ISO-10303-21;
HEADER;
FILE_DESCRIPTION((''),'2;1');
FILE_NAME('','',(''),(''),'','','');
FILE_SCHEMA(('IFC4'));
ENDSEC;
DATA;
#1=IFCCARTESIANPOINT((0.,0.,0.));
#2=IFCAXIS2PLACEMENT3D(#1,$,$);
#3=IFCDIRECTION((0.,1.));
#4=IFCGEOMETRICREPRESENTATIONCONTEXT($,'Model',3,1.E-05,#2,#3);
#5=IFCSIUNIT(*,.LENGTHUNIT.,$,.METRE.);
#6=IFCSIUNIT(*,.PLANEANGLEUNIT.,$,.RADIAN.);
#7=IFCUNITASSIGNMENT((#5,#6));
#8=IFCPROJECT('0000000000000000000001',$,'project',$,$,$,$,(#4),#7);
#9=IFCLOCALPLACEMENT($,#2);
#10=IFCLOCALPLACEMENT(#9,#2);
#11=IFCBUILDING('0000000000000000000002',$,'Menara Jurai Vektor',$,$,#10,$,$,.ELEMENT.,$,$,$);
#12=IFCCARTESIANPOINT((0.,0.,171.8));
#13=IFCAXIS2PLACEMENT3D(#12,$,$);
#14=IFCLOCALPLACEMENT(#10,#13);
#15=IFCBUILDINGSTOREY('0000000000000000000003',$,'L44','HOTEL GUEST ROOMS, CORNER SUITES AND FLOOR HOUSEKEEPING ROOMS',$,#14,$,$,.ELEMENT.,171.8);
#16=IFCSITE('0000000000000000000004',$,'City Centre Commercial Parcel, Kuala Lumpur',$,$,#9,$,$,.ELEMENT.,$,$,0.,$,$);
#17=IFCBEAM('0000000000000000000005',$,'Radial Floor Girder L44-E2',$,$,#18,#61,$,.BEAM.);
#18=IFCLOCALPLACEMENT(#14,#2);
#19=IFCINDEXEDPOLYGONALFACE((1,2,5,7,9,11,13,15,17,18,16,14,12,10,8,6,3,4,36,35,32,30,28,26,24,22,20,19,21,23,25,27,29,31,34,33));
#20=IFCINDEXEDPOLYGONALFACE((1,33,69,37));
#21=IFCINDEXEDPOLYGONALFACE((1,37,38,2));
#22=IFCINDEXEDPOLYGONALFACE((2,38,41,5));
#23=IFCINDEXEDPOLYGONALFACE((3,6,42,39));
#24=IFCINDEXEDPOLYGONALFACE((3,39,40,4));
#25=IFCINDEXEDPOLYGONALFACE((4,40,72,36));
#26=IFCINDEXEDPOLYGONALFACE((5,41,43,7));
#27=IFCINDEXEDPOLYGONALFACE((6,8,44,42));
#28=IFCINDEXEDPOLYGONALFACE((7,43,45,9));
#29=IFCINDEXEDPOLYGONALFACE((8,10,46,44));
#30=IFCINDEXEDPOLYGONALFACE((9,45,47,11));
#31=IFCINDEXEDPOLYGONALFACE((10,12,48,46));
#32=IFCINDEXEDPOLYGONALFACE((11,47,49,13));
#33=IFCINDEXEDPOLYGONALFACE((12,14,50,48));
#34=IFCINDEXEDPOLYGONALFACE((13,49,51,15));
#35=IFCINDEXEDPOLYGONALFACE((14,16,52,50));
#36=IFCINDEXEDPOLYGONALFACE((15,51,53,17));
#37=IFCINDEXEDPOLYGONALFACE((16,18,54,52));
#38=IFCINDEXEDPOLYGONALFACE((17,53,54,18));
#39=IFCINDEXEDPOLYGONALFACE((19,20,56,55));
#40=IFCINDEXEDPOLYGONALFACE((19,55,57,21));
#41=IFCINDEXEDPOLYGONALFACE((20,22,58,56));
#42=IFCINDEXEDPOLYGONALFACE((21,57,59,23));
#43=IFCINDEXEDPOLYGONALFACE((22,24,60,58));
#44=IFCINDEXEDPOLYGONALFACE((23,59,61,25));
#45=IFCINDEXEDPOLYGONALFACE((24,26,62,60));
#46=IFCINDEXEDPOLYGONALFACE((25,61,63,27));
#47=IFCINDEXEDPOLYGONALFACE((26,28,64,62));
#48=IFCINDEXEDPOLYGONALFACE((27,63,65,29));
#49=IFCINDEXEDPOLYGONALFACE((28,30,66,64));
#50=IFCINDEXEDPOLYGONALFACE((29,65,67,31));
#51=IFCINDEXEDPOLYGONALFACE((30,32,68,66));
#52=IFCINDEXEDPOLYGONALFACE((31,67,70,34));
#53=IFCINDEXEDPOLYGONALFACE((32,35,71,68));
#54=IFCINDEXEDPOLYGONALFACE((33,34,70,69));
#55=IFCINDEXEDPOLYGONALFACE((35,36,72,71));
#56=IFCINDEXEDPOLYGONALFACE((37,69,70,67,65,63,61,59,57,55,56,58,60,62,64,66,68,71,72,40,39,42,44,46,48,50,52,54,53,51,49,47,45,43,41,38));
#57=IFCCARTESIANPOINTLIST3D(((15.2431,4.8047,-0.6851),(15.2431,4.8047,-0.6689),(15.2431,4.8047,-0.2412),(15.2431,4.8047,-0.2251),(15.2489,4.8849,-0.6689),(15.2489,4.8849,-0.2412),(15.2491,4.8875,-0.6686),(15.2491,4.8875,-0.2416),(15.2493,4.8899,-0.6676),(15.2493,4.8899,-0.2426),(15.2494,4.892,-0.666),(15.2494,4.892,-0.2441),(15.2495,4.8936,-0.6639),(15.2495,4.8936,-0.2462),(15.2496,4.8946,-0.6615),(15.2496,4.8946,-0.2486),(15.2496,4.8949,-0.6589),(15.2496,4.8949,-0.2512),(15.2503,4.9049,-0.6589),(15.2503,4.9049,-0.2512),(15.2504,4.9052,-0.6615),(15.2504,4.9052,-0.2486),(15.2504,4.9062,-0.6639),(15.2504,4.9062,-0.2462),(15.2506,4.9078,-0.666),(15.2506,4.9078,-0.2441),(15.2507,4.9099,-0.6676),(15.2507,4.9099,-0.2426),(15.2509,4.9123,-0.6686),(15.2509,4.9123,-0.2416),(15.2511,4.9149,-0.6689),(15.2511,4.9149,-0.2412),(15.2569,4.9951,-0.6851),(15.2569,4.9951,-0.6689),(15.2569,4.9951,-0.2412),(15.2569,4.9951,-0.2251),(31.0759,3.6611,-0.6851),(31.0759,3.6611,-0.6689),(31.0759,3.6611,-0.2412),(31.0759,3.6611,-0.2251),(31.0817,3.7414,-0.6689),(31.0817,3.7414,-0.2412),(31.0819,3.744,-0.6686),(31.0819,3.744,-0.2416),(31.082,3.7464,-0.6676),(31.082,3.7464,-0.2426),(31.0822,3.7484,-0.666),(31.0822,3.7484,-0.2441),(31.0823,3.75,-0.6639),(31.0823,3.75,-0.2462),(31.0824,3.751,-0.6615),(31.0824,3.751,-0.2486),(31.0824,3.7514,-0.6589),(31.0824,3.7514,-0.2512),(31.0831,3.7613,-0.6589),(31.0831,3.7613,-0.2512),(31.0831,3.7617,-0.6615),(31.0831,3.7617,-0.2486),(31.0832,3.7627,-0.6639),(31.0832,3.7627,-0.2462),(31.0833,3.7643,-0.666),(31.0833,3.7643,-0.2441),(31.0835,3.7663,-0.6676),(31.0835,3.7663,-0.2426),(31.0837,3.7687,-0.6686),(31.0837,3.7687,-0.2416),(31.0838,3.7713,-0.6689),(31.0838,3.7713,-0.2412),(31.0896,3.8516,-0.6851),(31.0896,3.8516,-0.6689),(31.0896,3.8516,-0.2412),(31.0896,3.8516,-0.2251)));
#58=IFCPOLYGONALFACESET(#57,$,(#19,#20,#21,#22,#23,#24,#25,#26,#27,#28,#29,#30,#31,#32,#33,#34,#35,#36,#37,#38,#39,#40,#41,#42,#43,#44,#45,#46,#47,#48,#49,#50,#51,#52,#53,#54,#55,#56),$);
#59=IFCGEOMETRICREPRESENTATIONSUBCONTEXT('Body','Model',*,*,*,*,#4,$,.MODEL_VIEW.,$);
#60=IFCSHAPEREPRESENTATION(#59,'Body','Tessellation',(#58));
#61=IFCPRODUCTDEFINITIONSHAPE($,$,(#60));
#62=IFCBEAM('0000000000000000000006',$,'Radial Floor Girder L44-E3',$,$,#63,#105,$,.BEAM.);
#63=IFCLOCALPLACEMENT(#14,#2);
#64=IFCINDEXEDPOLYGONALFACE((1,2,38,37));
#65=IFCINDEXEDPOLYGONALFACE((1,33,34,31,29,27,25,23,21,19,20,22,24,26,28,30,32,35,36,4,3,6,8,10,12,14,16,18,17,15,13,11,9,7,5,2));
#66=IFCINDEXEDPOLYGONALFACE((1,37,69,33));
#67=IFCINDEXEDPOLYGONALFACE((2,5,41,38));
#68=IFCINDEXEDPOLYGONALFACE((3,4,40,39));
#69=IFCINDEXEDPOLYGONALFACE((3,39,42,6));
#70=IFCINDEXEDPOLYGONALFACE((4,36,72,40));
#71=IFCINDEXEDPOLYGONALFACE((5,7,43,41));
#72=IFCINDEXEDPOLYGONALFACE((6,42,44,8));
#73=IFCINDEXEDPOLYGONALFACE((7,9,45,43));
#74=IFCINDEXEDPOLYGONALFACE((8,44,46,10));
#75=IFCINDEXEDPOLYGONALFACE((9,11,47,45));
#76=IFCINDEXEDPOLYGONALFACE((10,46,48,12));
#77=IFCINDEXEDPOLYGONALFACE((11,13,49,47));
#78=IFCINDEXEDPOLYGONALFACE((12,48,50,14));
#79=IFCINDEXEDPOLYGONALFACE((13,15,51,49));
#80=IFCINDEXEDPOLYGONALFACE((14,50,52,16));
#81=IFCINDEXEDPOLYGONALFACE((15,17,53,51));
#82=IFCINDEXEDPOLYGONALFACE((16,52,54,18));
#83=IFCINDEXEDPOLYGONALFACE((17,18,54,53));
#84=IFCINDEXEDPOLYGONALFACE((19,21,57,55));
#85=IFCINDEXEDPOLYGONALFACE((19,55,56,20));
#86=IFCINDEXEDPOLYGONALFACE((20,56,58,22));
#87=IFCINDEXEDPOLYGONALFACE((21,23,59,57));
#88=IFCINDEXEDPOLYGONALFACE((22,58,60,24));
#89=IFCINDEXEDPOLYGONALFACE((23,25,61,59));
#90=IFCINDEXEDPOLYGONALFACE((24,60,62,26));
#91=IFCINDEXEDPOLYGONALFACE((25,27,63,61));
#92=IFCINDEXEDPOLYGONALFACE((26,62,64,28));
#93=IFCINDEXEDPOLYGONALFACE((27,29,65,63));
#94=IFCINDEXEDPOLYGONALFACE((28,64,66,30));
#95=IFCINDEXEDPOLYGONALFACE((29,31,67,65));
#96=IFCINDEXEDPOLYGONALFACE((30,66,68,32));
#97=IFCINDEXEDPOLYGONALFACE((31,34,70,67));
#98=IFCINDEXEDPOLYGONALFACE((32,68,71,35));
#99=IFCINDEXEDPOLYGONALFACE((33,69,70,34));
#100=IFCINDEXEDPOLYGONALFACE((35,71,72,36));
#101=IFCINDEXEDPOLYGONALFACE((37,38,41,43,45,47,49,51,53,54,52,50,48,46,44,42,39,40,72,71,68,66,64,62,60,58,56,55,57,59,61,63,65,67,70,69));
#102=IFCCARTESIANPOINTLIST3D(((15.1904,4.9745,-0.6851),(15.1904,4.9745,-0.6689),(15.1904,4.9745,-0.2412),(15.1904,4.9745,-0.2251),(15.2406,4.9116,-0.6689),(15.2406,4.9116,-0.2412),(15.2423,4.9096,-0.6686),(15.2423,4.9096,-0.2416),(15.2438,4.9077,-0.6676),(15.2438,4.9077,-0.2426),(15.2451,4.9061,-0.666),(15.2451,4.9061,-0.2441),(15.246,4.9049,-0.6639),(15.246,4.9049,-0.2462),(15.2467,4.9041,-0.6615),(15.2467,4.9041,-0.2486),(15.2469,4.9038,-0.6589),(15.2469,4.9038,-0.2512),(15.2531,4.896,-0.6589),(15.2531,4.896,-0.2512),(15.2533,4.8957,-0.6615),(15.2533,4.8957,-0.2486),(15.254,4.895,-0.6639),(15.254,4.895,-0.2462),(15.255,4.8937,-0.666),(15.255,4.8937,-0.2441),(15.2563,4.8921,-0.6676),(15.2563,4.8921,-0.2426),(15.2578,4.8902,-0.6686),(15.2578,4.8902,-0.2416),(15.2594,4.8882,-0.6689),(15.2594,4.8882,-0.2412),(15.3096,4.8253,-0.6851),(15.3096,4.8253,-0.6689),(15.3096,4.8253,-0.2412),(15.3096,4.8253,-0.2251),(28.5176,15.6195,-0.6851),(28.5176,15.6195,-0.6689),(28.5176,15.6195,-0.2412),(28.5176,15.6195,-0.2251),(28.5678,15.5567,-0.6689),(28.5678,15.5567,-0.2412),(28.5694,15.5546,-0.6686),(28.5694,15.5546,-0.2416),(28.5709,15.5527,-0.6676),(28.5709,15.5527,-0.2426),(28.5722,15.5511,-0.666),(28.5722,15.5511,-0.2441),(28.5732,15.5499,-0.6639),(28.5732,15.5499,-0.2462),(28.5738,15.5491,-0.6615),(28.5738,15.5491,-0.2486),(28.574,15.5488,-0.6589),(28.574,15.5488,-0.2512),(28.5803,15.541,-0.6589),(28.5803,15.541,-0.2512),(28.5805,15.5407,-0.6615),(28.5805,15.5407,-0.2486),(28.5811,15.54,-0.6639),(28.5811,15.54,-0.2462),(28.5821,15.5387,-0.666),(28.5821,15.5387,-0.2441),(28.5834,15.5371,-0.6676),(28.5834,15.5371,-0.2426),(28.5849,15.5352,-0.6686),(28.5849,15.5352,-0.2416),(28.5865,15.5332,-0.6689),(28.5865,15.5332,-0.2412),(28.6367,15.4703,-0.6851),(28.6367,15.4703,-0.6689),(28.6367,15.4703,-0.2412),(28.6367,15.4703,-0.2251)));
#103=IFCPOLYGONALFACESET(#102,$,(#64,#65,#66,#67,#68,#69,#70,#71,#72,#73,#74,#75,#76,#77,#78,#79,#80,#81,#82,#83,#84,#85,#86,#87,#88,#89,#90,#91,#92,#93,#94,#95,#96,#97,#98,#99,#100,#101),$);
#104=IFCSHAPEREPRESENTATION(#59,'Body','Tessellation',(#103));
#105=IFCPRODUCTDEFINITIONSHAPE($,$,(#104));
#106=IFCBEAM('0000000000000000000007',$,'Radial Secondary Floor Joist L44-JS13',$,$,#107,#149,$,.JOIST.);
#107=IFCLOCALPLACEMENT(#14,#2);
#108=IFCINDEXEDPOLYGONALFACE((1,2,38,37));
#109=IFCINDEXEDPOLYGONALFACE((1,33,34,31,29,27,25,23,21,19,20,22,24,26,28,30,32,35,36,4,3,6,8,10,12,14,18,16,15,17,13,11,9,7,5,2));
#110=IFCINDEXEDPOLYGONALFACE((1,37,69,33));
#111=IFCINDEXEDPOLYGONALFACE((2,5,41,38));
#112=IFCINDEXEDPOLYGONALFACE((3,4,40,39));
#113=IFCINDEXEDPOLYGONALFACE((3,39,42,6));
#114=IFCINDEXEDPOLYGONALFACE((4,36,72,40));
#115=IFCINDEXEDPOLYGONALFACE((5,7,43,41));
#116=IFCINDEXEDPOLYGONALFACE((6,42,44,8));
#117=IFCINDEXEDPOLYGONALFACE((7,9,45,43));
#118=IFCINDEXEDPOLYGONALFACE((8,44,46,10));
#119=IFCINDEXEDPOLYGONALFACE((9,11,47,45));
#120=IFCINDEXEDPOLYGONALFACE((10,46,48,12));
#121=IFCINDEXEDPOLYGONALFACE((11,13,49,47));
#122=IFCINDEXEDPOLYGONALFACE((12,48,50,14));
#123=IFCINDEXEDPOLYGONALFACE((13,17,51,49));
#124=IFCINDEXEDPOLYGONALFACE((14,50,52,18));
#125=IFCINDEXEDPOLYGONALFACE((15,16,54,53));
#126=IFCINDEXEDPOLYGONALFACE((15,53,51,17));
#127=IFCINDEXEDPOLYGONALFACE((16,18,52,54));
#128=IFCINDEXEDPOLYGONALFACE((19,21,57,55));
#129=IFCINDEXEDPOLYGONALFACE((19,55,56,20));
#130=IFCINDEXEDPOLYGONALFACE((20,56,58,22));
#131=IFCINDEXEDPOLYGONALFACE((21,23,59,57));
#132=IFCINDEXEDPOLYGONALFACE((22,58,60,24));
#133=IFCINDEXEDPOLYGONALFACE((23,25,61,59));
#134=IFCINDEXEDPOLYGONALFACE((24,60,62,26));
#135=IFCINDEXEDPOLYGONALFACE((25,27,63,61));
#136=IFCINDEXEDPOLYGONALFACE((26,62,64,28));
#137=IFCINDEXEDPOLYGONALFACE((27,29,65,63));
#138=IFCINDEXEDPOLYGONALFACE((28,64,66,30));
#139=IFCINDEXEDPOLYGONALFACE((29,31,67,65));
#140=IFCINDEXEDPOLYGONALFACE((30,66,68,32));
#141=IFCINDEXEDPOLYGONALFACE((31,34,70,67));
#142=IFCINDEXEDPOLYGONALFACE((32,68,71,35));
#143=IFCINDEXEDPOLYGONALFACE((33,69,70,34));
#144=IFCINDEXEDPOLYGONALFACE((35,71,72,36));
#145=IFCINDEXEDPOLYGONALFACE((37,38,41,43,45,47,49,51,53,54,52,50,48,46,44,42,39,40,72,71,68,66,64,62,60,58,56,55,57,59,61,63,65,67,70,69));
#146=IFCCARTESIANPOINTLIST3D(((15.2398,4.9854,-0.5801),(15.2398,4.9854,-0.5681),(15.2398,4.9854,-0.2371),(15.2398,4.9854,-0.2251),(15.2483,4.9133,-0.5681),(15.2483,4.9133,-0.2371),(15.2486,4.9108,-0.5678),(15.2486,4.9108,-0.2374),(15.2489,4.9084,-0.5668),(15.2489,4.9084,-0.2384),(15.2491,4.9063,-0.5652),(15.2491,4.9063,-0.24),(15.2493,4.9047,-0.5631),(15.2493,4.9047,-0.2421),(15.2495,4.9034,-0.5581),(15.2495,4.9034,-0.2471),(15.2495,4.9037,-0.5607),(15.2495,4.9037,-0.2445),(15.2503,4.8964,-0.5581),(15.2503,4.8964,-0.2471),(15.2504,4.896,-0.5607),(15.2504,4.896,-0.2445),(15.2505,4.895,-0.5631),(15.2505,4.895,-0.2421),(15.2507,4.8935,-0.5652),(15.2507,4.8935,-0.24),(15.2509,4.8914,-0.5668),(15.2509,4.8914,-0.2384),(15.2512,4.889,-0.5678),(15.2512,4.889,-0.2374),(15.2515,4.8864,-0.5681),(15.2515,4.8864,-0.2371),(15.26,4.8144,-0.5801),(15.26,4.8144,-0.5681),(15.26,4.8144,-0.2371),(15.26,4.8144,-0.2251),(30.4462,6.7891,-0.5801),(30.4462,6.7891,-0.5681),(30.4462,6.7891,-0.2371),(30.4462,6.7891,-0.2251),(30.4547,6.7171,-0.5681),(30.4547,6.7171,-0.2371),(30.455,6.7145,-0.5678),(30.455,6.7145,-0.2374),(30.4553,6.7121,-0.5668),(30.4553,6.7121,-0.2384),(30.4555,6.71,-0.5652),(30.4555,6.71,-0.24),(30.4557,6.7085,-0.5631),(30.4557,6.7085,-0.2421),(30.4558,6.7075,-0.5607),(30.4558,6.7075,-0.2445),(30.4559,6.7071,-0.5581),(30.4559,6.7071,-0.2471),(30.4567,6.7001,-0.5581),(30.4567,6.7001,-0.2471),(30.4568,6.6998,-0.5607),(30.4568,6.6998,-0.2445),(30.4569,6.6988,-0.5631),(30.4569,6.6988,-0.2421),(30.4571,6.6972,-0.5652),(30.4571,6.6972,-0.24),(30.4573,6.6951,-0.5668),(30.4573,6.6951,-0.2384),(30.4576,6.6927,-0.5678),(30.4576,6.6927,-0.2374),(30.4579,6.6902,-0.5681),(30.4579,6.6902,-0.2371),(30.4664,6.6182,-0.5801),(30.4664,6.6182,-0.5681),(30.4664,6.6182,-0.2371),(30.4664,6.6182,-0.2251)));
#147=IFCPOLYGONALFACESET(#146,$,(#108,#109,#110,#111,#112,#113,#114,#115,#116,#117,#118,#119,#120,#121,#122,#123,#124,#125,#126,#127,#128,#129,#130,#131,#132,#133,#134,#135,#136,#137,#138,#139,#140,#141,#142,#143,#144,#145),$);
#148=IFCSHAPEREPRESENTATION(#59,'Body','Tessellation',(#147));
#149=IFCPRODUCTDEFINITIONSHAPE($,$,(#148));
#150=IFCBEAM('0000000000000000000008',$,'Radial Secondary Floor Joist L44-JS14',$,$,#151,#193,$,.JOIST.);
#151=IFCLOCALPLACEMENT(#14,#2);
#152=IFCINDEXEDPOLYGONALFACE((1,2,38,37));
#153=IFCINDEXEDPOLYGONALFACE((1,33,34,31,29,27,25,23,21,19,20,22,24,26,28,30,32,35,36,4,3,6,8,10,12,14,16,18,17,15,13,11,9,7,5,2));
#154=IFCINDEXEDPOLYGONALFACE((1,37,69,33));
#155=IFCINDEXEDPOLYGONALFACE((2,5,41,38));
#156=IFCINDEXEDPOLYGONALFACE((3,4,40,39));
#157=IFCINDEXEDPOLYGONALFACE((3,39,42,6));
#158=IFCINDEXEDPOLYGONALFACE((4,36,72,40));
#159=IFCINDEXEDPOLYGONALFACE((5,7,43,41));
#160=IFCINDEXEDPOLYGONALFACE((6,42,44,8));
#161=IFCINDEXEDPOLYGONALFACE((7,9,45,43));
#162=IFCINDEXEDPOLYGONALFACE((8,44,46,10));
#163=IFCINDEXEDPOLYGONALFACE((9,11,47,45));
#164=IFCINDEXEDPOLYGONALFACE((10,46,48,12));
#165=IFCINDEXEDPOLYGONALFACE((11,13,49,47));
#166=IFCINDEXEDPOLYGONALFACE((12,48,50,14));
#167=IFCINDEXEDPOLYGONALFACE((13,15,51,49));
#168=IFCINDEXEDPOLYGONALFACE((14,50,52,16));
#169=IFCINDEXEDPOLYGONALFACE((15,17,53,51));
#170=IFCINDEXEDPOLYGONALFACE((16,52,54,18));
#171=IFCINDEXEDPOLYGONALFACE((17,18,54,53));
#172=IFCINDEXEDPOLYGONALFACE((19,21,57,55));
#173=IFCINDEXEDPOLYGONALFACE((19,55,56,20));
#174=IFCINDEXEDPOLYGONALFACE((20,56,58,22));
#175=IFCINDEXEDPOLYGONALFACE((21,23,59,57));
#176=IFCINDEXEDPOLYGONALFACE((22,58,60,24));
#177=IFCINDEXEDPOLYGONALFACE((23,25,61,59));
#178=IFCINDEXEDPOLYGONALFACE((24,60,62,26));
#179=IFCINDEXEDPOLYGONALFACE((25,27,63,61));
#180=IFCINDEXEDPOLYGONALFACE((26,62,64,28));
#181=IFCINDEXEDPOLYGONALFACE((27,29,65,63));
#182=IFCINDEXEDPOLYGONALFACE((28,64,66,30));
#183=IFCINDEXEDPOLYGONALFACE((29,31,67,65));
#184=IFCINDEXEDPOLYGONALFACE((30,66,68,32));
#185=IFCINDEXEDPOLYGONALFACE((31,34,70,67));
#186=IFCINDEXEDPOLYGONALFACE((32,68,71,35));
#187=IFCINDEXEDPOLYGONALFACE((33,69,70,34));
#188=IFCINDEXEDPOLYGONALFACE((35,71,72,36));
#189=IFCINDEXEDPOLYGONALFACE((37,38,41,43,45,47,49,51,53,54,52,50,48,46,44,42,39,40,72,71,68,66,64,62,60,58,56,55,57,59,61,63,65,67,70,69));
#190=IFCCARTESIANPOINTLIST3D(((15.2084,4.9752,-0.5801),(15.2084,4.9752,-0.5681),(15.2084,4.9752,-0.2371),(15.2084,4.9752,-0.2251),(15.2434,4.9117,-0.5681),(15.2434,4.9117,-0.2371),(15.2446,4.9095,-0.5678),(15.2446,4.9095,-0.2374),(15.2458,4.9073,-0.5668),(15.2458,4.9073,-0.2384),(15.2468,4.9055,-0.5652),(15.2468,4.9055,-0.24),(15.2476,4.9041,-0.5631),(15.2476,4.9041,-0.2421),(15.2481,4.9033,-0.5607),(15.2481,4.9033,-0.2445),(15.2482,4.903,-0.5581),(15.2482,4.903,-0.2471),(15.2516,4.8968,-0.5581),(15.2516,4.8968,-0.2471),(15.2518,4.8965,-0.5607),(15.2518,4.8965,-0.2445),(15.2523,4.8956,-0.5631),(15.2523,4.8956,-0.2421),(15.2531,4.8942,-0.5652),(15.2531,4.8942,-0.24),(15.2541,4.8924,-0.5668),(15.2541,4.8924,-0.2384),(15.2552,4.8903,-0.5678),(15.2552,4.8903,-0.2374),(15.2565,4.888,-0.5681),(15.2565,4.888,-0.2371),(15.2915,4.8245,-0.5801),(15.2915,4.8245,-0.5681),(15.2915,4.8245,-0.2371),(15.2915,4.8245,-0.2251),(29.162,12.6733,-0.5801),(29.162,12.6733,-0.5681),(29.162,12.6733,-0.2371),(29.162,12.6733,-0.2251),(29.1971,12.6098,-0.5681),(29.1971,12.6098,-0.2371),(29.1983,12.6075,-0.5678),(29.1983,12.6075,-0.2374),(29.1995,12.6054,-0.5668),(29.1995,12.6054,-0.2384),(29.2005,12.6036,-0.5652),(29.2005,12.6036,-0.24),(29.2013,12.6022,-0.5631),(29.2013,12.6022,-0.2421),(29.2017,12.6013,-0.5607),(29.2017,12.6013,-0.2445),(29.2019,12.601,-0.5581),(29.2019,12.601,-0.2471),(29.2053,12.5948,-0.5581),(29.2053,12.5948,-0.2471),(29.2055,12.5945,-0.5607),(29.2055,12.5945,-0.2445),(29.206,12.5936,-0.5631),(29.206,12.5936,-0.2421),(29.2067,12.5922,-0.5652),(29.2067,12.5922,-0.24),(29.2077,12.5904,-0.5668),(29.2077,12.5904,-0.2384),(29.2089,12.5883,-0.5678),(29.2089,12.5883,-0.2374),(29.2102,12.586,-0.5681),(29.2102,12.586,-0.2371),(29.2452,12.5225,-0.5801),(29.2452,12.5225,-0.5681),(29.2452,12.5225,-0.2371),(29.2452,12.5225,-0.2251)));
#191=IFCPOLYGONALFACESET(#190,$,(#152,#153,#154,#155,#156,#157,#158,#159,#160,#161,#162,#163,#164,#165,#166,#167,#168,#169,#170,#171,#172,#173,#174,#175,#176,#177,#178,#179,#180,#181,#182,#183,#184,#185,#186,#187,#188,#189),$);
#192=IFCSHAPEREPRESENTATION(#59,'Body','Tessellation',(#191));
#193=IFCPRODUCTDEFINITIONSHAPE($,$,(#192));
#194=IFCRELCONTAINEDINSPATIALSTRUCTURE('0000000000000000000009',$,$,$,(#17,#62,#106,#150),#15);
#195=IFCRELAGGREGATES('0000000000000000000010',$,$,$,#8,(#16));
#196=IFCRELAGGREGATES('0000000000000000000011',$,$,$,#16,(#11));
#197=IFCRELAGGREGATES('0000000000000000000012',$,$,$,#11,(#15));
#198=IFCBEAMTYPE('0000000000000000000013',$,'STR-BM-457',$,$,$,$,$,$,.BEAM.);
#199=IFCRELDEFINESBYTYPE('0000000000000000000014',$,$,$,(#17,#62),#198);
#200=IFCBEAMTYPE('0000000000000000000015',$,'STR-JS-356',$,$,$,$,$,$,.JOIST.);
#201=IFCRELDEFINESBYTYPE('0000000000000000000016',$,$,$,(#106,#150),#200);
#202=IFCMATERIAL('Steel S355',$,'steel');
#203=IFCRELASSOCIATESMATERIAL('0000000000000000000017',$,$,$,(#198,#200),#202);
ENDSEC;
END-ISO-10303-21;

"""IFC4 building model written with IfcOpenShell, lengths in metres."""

from ifc_helpers import new_model, si_unit, direction, frame, origin, origin_2d, place, context, subcontext, project, spatial, i_section, extrude, material, material_profile, profile_set, type_object, element, save


model = new_model("IFC4")

# Units and contexts
model_context = context("Model", 3, precision=1e-05, world=origin(), true_north=direction((0.0, 1.0)))
body_context = subcontext(model_context, "Body", "Model", "MODEL_VIEW")
ifc_project = project(units=[si_unit("LENGTHUNIT", "METRE"), si_unit("PLANEANGLEUNIT", "RADIAN")], contexts=[model_context])

# Site, building, storey
site_placement = place(None, origin())
site = spatial("IfcSite", under=ifc_project, at=site_placement, Name="City Centre Commercial Parcel, Kuala Lumpur", CompositionType="ELEMENT", RefElevation=0.0)
building_placement = place(site_placement, origin())
building = spatial("IfcBuilding", under=site, at=building_placement, Name="Menara Jurai Vektor", CompositionType="ELEMENT")
storey_placement = place(building_placement, frame((0.0, 0.0, 171.8)))
storey = spatial("IfcBuildingStorey", under=building, at=storey_placement, Name="L44", Description="HOTEL GUEST ROOMS, CORNER SUITES AND FLOOR HOUSEKEEPING ROOMS", CompositionType="ELEMENT", Elevation=171.8)

# Beams
ifc_material_1 = material(Name="Steel S355", Category="steel")
ifc_material_profile_1 = material_profile(ifc_material_1, i_section(OverallWidth=0.1909, OverallDepth=0.46, WebThickness=0.01, FlangeThickness=0.0161, FilletRadius=0.01, at=origin_2d()), Name="UKB 457x191x82")
ifc_profile_set_1 = profile_set([ifc_material_profile_1], Name="Steel S355")
beam_type_1 = type_object("IfcBeamType", Name="STR-BM-457", PredefinedType="BEAM", material=ifc_profile_set_1)
beam_1_placement = place(storey_placement, frame((31.0828, 3.7563, -0.4551), z_axis=(-0.997402, 0.072039, 0.0), x_axis=(-0.072039, -0.997402, 0.0)))
element("IfcBeam", 1, at=beam_1_placement, inside=storey, type_object=beam_type_1, Name="Radial Floor Girder L44-E2", PredefinedType="BEAM", context=body_context, shape_type="SweptSolid", body=[
    extrude(i_section(OverallWidth=0.1909, OverallDepth=0.46, WebThickness=0.01, FlangeThickness=0.0161, FilletRadius=0.01, at=origin_2d()), origin(), (0.0, 0.0, 1.0), 15.874),
])
beam_2_placement = place(storey_placement, frame((28.5771, 15.5449, -0.4551), z_axis=(-0.781346, -0.624098, 0.0), x_axis=(0.624098, -0.781346, 0.0)))
element("IfcBeam", 2, at=beam_2_placement, inside=storey, type_object=beam_type_1, Name="Radial Floor Girder L44-E3", PredefinedType="BEAM", context=body_context, shape_type="SweptSolid", body=[
    extrude(i_section(OverallWidth=0.1909, OverallDepth=0.46, WebThickness=0.01, FlangeThickness=0.0161, FilletRadius=0.01, at=origin_2d()), origin(), (0.0, 0.0, 1.0), 17.0566),
])
ifc_material_profile_2 = material_profile(ifc_material_1, i_section(OverallWidth=0.1721, OverallDepth=0.355, WebThickness=0.0071, FlangeThickness=0.012, FilletRadius=0.01, at=origin_2d()), Name="UKB 356x171x51")
ifc_profile_set_2 = profile_set([ifc_material_profile_2], Name="Steel S355")
beam_type_2 = type_object("IfcBeamType", Name="STR-JS-356", PredefinedType="JOIST", material=ifc_profile_set_2)
beam_3_placement = place(storey_placement, frame((30.4563, 6.7036, -0.4026), z_axis=(-0.993038, -0.11779, 0.0), x_axis=(0.11779, -0.993038, 0.0)))
element("IfcBeam", 3, at=beam_3_placement, inside=storey, type_object=beam_type_2, Name="Radial Secondary Floor Joist L44-JS13", PredefinedType="JOIST", context=body_context, shape_type="SweptSolid", body=[
    extrude(i_section(OverallWidth=0.1721, OverallDepth=0.355, WebThickness=0.0071, FlangeThickness=0.012, FilletRadius=0.01, at=origin_2d()), origin(), (0.0, 0.0, 1.0), 15.313),
])
beam_4_placement = place(storey_placement, frame((29.2036, 12.5979, -0.4026), z_axis=(-0.875592, -0.483051, 0.0), x_axis=(0.483051, -0.875592, 0.0)))
element("IfcBeam", 4, at=beam_4_placement, inside=storey, type_object=beam_type_2, Name="Radial Secondary Floor Joist L44-JS14", PredefinedType="JOIST", context=body_context, shape_type="SweptSolid", body=[
    extrude(i_section(OverallWidth=0.1721, OverallDepth=0.355, WebThickness=0.0071, FlangeThickness=0.012, FilletRadius=0.01, at=origin_2d()), origin(), (0.0, 0.0, 1.0), 15.9363),
])

save(model, "model.ifc")
